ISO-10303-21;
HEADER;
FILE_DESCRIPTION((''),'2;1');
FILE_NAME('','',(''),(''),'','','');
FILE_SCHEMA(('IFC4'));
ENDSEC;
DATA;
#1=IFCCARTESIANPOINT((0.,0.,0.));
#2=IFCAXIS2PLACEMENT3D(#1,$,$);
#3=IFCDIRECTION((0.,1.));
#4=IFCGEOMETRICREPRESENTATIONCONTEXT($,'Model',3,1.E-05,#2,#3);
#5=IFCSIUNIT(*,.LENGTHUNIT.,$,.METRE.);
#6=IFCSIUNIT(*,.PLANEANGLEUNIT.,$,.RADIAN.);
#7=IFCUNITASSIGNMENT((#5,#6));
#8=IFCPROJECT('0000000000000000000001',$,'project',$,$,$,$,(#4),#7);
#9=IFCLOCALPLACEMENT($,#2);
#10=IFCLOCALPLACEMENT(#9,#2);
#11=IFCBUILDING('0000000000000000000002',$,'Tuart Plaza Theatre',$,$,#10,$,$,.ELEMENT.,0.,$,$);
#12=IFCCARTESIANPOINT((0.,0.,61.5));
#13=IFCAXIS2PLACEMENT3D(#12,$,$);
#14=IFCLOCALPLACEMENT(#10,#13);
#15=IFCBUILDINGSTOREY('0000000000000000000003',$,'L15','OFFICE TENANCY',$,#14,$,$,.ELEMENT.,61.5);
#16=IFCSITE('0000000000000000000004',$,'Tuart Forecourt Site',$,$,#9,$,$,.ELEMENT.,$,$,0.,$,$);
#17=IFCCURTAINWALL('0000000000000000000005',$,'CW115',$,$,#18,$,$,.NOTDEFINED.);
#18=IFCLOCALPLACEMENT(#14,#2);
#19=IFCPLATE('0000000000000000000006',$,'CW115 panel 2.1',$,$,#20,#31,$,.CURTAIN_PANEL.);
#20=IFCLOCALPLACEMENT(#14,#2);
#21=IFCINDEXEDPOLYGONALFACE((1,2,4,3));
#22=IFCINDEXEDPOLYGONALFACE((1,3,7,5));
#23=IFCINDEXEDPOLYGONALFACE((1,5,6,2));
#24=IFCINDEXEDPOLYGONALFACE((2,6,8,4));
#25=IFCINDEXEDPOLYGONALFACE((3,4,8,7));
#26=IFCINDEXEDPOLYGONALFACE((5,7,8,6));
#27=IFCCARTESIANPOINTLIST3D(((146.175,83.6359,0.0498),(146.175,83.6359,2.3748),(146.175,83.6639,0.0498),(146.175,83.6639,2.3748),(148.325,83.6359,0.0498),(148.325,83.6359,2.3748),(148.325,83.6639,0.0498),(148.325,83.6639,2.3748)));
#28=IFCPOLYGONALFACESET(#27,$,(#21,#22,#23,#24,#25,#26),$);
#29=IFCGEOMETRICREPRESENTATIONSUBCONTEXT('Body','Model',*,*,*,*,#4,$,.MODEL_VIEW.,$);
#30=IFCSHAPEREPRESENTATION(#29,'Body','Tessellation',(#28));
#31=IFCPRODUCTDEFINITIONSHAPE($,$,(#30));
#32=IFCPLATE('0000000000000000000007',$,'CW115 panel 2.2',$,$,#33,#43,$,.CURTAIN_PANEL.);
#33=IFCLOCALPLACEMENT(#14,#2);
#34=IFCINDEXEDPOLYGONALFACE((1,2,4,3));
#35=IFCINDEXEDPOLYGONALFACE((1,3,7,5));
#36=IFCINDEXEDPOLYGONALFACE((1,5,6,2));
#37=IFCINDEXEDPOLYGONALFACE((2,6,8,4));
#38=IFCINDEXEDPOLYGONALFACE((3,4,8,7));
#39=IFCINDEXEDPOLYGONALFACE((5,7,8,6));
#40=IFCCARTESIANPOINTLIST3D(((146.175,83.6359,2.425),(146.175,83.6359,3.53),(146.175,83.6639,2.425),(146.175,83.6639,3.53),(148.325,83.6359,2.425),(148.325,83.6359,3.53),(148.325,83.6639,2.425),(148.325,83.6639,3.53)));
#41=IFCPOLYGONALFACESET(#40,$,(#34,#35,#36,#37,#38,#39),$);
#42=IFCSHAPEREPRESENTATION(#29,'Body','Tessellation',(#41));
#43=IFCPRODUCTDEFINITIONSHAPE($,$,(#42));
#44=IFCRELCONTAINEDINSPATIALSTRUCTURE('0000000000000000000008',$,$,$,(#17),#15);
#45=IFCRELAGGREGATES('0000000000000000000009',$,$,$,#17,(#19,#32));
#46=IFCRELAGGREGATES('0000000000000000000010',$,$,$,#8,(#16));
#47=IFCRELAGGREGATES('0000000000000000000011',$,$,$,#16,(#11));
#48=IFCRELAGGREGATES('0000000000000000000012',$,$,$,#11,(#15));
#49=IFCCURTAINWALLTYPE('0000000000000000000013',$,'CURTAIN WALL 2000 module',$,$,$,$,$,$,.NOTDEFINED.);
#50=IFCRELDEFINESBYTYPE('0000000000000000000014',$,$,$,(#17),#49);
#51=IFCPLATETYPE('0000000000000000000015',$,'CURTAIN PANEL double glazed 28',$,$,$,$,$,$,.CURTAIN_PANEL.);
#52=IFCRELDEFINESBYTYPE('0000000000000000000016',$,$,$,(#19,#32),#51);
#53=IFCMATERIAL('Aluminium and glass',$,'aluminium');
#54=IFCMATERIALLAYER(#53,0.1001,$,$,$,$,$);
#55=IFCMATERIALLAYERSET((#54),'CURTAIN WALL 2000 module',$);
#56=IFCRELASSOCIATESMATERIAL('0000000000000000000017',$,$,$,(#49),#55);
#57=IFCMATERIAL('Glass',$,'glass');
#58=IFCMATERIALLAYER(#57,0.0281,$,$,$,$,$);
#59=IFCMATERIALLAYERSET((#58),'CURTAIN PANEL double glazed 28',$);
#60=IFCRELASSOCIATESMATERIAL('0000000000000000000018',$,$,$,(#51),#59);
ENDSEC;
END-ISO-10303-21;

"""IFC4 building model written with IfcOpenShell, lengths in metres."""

from ifc_helpers import new_model, si_unit, direction, frame, origin, origin_2d, place, context, subcontext, project, spatial, rectangle, extrude, material, layer, layer_set, type_object, element, aggregate, save


model = new_model("IFC4")

# Units and contexts
model_context = context("Model", 3, precision=1e-05, world=origin(), true_north=direction((0.0, 1.0)))
body_context = subcontext(model_context, "Body", "Model", "MODEL_VIEW")
ifc_project = project(units=[si_unit("LENGTHUNIT", "METRE"), si_unit("PLANEANGLEUNIT", "RADIAN")], contexts=[model_context])

# Site, building, storey
site_placement = place(None, origin())
site = spatial("IfcSite", under=ifc_project, at=site_placement, Name="Tuart Forecourt Site", CompositionType="ELEMENT", RefElevation=0.0)
building_placement = place(site_placement, origin())
building = spatial("IfcBuilding", under=site, at=building_placement, Name="Tuart Plaza Theatre", CompositionType="ELEMENT", ElevationOfRefHeight=0.0)
storey_placement = place(building_placement, frame((0.0, 0.0, 61.5)))
storey = spatial("IfcBuildingStorey", under=building, at=storey_placement, Name="L15", Description="OFFICE TENANCY", CompositionType="ELEMENT", Elevation=61.5)

# Shared definitions
ifc_material_1 = material(Name="Aluminium and glass", Category="aluminium")
ifc_layer_1 = layer(ifc_material_1, 0.1001)
ifc_layer_set_1 = layer_set([ifc_layer_1], Name="CURTAIN WALL 2000 module")
curtain_wall_type = type_object("IfcCurtainWallType", Name="CURTAIN WALL 2000 module", PredefinedType="NOTDEFINED", material=ifc_layer_set_1)

# Curtain wall
curtain_wall_1_placement = place(storey_placement, origin())
curtain_wall_1 = element("IfcCurtainWall", 1, at=curtain_wall_1_placement, inside=storey, type_object=curtain_wall_type, Name="CW115", PredefinedType="NOTDEFINED")

# Plates
ifc_material_2 = material(Name="Glass", Category="glass")
ifc_layer_2 = layer(ifc_material_2, 0.0281)
ifc_layer_set_2 = layer_set([ifc_layer_2], Name="CURTAIN PANEL double glazed 28")
plate_type = type_object("IfcPlateType", Name="CURTAIN PANEL double glazed 28", PredefinedType="CURTAIN_PANEL", material=ifc_layer_set_2)
plate_1_placement = place(storey_placement, frame((147.25, 83.6499, 0.0498), z_axis=(0.0, 0.0, 1.0), x_axis=(-1.0, 0.0, 0.0)))
plate_1 = element("IfcPlate", 2, at=plate_1_placement, type_object=plate_type, Name="CW115 panel 2.1", PredefinedType="CURTAIN_PANEL", context=body_context, shape_type="SweptSolid", body=[
    extrude(rectangle(XDim=2.1499, YDim=0.0281, at=origin_2d()), origin(), (0.0, 0.0, 1.0), 2.325),
])
plate_2_placement = place(storey_placement, frame((147.25, 83.6499, 2.425), z_axis=(0.0, 0.0, 1.0), x_axis=(-1.0, 0.0, 0.0)))
plate_2 = element("IfcPlate", 3, at=plate_2_placement, type_object=plate_type, Name="CW115 panel 2.2", PredefinedType="CURTAIN_PANEL", context=body_context, shape_type="SweptSolid", body=[
    extrude(rectangle(XDim=2.1499, YDim=0.0281, at=origin_2d()), origin(), (0.0, 0.0, 1.0), 1.105),
])
aggregate(curtain_wall_1, [plate_1, plate_2])

save(model, "model.ifc")
